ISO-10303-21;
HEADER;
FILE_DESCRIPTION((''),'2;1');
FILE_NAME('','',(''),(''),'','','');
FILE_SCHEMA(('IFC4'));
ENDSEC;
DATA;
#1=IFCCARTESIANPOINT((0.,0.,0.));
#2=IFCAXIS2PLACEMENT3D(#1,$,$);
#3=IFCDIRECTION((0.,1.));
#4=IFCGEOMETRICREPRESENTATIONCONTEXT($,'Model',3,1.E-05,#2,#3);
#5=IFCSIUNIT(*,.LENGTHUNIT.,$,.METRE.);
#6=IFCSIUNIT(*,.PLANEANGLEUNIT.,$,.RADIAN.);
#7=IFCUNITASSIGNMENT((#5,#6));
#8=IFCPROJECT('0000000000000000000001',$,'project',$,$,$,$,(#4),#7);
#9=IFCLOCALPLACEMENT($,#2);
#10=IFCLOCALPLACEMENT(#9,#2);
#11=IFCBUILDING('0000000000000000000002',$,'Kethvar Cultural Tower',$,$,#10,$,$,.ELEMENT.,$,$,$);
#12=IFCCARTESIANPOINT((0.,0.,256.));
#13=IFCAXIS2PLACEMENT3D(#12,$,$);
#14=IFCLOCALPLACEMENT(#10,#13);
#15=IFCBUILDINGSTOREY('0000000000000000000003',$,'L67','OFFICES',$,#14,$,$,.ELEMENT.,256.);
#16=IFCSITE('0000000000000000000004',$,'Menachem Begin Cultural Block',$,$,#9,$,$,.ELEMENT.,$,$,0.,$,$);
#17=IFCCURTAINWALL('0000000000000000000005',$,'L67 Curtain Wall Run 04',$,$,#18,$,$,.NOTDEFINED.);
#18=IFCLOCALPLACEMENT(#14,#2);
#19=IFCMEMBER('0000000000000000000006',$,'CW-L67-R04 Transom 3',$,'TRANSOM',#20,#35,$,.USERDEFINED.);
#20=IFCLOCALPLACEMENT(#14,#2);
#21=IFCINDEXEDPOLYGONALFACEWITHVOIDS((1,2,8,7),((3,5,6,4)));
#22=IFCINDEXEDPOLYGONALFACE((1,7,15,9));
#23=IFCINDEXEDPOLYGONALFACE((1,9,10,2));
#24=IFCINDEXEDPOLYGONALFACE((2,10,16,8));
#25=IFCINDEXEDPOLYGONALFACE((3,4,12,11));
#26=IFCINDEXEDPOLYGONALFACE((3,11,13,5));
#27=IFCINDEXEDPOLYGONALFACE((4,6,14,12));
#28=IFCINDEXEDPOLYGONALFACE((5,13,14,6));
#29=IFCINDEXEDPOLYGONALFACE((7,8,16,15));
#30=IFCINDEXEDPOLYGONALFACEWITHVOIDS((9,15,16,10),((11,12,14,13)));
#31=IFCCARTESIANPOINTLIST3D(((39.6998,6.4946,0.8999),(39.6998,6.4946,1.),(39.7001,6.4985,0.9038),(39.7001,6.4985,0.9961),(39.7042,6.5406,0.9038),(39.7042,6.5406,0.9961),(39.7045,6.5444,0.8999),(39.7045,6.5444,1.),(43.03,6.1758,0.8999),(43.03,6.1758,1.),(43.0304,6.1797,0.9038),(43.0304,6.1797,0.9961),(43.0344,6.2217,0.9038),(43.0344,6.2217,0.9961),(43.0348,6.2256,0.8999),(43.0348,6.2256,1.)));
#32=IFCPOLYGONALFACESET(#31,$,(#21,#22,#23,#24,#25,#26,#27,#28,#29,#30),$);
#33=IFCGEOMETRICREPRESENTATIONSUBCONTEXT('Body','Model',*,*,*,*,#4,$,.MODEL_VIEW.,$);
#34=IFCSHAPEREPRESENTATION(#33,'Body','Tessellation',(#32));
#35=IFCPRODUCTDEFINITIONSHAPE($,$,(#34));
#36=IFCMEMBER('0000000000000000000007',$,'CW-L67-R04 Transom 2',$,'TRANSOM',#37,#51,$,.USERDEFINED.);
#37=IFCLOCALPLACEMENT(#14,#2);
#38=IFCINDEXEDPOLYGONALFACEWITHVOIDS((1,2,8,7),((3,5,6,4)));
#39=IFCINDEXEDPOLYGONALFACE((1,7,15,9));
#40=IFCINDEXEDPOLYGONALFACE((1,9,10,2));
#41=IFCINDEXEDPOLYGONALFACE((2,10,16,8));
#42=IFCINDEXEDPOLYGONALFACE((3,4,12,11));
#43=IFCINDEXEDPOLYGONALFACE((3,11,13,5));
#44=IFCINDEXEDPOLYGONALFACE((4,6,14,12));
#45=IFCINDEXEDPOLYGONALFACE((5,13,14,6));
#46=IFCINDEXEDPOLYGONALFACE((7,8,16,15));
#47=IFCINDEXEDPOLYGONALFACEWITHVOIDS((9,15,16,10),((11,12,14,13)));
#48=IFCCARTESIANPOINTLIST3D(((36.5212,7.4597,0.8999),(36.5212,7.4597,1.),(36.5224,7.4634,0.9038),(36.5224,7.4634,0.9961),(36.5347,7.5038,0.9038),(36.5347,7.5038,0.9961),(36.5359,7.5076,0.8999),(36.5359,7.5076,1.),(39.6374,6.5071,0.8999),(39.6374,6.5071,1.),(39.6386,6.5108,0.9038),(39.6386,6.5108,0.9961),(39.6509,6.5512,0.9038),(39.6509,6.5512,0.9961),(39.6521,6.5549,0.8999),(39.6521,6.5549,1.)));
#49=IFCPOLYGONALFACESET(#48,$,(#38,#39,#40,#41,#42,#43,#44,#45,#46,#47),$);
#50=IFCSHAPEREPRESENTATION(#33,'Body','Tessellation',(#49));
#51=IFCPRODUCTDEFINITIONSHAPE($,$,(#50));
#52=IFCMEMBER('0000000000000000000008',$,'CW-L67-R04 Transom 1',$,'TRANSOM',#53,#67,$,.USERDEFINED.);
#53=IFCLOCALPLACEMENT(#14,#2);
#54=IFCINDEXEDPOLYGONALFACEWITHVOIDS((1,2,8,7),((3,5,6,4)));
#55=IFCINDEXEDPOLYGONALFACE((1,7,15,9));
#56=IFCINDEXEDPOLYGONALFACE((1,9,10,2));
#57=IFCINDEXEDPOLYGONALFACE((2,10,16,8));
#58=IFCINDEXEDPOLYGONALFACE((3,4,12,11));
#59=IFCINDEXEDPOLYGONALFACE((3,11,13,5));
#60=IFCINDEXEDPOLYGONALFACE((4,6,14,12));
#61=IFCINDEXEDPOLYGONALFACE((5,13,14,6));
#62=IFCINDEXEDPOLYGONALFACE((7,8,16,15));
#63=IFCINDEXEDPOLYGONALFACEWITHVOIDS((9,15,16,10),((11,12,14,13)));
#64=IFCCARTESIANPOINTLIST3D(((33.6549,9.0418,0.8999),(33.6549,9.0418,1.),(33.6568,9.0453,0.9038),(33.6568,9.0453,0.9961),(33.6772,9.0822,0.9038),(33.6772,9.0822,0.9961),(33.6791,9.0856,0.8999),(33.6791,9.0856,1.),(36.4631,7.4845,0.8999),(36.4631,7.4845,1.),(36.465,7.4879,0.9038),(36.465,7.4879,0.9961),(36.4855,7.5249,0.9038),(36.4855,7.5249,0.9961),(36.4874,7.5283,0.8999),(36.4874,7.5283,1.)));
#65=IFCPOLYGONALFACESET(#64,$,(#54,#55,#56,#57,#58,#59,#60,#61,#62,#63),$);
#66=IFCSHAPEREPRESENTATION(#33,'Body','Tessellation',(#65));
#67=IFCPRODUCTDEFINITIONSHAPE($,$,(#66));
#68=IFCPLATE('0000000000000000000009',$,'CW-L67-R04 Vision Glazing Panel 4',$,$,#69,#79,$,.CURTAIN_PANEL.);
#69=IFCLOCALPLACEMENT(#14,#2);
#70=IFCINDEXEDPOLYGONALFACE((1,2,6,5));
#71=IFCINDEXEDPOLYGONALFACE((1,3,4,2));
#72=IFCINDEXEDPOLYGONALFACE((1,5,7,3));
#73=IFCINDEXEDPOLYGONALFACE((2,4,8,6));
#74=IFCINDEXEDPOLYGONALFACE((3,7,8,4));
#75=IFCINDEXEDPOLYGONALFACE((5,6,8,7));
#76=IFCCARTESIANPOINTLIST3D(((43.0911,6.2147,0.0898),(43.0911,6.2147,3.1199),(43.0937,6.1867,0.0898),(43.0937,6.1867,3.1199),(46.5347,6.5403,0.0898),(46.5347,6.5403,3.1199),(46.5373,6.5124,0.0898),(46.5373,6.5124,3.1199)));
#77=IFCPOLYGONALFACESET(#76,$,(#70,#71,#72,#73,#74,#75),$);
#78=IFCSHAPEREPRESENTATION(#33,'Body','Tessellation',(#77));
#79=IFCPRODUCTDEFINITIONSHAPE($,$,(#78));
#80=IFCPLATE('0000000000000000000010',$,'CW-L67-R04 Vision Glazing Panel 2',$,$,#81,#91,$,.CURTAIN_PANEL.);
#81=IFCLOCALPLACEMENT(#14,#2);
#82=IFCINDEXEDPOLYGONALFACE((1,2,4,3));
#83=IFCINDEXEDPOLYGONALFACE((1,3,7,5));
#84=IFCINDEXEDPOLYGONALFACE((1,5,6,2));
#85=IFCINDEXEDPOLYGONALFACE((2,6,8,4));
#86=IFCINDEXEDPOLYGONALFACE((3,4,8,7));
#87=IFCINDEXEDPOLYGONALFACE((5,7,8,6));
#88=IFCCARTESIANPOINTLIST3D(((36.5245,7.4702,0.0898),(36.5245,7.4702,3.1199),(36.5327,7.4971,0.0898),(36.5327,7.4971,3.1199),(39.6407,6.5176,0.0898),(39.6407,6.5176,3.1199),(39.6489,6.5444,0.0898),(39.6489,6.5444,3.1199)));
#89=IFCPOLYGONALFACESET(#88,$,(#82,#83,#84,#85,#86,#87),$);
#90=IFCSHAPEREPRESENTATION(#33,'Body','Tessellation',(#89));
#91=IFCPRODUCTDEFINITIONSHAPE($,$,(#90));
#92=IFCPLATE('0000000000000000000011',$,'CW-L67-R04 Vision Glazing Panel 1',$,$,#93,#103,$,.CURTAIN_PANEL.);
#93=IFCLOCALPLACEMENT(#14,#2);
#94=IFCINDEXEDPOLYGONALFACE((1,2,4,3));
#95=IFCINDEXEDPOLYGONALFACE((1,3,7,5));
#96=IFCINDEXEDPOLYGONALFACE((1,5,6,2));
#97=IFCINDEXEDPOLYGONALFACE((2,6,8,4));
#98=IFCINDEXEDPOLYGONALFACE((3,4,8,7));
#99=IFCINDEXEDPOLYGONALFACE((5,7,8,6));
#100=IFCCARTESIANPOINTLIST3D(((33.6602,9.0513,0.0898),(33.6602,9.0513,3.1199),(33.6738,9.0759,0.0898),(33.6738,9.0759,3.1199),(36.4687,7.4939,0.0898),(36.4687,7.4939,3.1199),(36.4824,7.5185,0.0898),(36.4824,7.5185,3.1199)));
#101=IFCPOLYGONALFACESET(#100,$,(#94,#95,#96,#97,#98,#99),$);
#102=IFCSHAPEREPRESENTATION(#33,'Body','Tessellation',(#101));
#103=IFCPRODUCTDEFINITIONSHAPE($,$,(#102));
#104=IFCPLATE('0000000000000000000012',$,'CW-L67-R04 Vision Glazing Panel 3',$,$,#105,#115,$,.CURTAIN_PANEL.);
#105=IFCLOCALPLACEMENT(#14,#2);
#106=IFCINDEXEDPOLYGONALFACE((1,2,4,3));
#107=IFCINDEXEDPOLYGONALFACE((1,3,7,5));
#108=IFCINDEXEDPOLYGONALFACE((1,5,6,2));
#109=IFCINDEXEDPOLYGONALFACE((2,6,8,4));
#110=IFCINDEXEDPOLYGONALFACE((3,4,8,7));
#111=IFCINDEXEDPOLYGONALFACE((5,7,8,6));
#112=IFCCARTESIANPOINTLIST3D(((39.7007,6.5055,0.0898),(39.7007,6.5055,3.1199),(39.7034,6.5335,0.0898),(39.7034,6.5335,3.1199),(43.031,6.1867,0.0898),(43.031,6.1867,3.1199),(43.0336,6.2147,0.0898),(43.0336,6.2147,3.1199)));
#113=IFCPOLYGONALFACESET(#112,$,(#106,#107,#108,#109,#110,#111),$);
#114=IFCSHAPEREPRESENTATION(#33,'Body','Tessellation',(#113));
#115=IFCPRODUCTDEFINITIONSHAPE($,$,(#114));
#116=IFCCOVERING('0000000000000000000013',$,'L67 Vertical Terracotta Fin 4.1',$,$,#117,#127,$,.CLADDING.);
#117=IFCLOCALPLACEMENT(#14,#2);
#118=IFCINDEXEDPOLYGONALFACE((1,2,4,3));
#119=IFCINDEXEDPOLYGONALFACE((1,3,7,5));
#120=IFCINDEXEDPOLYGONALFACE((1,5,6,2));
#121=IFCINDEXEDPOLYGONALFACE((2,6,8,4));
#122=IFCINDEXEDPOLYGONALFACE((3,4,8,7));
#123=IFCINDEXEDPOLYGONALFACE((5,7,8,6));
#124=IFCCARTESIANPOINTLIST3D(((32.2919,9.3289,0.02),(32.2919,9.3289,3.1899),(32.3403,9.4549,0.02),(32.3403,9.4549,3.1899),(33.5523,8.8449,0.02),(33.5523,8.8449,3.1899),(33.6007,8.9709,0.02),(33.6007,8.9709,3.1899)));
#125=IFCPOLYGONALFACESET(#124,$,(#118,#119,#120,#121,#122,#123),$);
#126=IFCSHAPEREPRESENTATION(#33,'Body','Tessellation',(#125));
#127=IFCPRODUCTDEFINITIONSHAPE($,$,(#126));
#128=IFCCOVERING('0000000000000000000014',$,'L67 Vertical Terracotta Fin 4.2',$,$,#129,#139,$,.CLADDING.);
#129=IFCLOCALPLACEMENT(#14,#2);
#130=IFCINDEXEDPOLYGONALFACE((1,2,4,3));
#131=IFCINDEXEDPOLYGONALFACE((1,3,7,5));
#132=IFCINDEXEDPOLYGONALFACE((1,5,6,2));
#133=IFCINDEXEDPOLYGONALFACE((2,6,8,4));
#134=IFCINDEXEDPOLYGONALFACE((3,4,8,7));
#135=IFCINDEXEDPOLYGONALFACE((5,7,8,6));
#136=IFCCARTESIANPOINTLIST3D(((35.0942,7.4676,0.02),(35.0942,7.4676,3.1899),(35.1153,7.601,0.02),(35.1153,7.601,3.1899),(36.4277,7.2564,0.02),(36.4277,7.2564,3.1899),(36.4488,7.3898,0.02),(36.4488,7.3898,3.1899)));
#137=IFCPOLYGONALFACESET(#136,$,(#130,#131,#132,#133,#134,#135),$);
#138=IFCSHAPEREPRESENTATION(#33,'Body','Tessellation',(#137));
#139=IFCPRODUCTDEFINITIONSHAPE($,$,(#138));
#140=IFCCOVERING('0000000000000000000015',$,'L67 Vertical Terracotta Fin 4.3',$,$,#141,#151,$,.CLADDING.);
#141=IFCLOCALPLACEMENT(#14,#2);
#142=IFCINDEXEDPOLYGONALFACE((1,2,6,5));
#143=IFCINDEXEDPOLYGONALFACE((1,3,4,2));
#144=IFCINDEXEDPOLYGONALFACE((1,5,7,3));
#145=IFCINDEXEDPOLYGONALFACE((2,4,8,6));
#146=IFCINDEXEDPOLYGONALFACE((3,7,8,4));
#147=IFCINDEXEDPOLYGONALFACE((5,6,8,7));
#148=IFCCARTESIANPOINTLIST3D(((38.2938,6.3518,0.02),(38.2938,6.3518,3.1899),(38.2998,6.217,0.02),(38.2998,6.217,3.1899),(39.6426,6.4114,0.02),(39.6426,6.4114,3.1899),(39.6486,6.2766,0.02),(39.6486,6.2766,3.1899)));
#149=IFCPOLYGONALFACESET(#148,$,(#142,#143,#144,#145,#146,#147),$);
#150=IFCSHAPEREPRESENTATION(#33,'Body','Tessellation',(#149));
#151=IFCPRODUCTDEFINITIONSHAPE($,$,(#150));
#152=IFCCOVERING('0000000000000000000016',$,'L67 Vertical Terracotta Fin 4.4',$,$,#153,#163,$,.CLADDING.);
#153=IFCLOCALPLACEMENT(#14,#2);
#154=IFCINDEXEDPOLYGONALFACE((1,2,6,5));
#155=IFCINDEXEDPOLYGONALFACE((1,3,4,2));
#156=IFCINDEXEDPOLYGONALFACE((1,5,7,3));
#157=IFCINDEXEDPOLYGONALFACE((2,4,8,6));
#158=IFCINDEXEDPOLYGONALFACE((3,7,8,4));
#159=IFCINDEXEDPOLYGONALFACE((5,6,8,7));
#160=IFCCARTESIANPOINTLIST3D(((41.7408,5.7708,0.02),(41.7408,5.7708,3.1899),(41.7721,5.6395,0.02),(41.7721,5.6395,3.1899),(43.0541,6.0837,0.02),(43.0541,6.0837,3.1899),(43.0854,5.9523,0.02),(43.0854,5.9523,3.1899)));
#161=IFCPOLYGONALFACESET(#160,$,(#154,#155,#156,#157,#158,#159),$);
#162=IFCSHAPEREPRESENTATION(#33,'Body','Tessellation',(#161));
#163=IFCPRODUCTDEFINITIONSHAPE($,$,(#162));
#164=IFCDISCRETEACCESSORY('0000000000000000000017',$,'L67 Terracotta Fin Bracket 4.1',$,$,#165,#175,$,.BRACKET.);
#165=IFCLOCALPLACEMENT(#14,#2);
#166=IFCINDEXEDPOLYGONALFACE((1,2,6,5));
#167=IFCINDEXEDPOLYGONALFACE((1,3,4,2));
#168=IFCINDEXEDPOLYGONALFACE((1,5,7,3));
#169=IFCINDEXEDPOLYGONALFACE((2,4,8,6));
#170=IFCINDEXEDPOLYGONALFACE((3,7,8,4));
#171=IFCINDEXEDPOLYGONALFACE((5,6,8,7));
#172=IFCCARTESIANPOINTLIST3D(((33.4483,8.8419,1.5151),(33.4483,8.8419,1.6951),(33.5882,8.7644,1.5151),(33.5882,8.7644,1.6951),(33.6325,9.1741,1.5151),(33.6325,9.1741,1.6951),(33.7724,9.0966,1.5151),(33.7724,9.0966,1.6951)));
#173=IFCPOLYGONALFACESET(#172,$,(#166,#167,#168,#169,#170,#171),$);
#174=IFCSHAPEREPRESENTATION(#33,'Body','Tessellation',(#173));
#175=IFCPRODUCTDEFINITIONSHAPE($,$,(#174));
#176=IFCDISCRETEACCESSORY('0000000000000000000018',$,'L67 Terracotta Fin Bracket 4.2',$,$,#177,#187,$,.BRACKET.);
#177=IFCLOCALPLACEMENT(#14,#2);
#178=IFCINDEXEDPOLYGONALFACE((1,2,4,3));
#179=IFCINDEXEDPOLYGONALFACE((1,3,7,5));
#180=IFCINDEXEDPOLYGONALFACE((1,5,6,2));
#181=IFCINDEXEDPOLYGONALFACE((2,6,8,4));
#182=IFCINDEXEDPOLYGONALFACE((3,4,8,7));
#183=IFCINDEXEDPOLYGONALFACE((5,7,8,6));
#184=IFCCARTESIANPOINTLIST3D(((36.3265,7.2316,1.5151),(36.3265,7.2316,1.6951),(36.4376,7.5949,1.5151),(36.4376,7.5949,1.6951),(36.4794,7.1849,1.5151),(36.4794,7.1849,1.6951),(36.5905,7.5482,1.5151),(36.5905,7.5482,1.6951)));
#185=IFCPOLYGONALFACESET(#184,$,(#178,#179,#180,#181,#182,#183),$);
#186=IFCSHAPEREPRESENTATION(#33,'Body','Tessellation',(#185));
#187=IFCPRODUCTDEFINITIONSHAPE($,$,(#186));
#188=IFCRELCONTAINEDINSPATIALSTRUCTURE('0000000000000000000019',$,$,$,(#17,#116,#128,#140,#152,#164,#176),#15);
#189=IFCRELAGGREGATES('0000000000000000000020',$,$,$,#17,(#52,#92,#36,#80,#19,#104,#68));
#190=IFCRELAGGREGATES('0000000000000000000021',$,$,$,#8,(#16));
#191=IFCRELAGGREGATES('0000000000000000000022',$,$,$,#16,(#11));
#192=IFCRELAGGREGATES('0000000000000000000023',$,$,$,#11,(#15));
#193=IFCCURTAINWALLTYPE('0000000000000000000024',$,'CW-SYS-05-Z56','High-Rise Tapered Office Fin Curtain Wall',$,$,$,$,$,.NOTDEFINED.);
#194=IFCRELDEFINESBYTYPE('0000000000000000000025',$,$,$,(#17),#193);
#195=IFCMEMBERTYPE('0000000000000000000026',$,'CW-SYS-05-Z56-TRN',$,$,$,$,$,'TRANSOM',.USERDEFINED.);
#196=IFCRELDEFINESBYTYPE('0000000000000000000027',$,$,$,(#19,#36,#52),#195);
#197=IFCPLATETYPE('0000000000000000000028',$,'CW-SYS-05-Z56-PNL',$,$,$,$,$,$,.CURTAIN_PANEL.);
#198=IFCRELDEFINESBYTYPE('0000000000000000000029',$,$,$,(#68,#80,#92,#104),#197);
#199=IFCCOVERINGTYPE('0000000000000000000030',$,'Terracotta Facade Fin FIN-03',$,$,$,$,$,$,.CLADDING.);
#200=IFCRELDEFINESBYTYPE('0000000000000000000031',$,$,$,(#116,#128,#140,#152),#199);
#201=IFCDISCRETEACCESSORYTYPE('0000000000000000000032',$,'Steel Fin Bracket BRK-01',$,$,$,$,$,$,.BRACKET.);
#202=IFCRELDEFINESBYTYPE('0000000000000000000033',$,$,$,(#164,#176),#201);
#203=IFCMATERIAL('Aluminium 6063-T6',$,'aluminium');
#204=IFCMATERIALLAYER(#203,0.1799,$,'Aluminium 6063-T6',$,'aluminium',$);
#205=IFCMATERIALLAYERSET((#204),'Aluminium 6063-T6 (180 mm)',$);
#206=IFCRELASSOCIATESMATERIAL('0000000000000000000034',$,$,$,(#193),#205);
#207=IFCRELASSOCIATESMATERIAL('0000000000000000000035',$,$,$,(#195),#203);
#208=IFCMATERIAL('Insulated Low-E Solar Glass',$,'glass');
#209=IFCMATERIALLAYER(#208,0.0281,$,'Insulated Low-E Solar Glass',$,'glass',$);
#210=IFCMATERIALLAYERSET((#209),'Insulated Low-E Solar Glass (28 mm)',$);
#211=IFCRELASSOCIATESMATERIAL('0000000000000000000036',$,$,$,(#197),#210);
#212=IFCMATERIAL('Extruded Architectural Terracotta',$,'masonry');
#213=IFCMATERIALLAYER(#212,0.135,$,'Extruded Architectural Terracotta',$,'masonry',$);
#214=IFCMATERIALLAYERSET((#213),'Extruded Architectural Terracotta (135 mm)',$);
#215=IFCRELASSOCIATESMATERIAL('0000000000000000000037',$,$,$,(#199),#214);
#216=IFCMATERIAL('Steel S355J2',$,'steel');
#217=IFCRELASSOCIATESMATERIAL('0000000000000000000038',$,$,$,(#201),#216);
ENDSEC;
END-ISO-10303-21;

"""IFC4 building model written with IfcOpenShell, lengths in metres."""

from ifc_helpers import new_model, si_unit, direction, frame, origin, origin_2d, place, context, subcontext, project, spatial, rectangle, hollow_rectangle, extrude, source, transform, mapped, material, layer, layer_set, material_profile, profile_set, type_object, element, aggregate, save


model = new_model("IFC4")

# Units and contexts
model_context = context("Model", 3, precision=1e-05, world=origin(), true_north=direction((0.0, 1.0)))
body_context = subcontext(model_context, "Body", "Model", "MODEL_VIEW")
ifc_project = project(units=[si_unit("LENGTHUNIT", "METRE"), si_unit("PLANEANGLEUNIT", "RADIAN")], contexts=[model_context])

# Site, building, storey
site_placement = place(None, origin())
site = spatial("IfcSite", under=ifc_project, at=site_placement, Name="Menachem Begin Cultural Block", CompositionType="ELEMENT", RefElevation=0.0)
building_placement = place(site_placement, origin())
building = spatial("IfcBuilding", under=site, at=building_placement, Name="Kethvar Cultural Tower", CompositionType="ELEMENT")
storey_placement = place(building_placement, frame((0.0, 0.0, 256.0)))
storey = spatial("IfcBuildingStorey", under=building, at=storey_placement, Name="L67", Description="OFFICES", CompositionType="ELEMENT", Elevation=256.0)

# Shared definitions
ifc_material_1 = material(Name="Steel S355J2", Category="steel")

# Shared definitions
ifc_material_2 = material(Name="Aluminium 6063-T6", Category="aluminium")
ifc_layer_1 = layer(ifc_material_2, 0.1799, Name="Aluminium 6063-T6", Category="aluminium")
ifc_layer_set_1 = layer_set([ifc_layer_1], Name="Aluminium 6063-T6 (180 mm)")
curtain_wall_type = type_object("IfcCurtainWallType", Name="CW-SYS-05-Z56", Description="High-Rise Tapered Office Fin Curtain Wall", PredefinedType="NOTDEFINED", material=ifc_layer_set_1)

# Curtain wall, members, plates
curtain_wall_1_placement = place(storey_placement, origin())
curtain_wall_1 = element("IfcCurtainWall", 1, at=curtain_wall_1_placement, inside=storey, type_object=curtain_wall_type, Name="L67 Curtain Wall Run 04", PredefinedType="NOTDEFINED")
ifc_material_profile_1 = material_profile(ifc_material_2, hollow_rectangle(XDim=0.05, YDim=0.1001, WallThickness=0.0039, at=origin_2d()), Name="Aluminium 6063-T6 — RHS100x50x4")
ifc_profile_set_1 = profile_set([ifc_material_profile_1], Name="Aluminium 6063-T6 — RHS100x50x4")
member_type_1 = type_object("IfcMemberType", Name="CW-SYS-05-Z56-TRN", ElementType="TRANSOM", PredefinedType="USERDEFINED", material=ifc_profile_set_1)
shared_shape_1 = source(origin(), body_context, "Body", "SweptSolid", [
    extrude(hollow_rectangle(XDim=0.05, YDim=0.1001, WallThickness=0.0039, at=origin_2d()), origin(), (0.0, 0.0, 1.0), 3.3455),
])
member_1_placement = place(storey_placement, frame((39.7021, 6.5195, 0.95), z_axis=(0.995448, -0.095305, 0.0), x_axis=(0.095305, 0.995448, 0.0)))
member_1 = element("IfcMember", 2, at=member_1_placement, type_object=member_type_1, Name="CW-L67-R04 Transom 3", ObjectType="TRANSOM", PredefinedType="USERDEFINED", context=body_context, shape_type="MappedRepresentation", body=[
    mapped(shared_shape_1, transform((0.0, 0.0, 0.0), scale=1.0)),
])
shared_shape_2 = source(origin(), body_context, "Body", "SweptSolid", [
    extrude(hollow_rectangle(XDim=0.05, YDim=0.1001, WallThickness=0.0039, at=origin_2d()), origin(), (0.0, 0.0, 1.0), 3.2585),
])
member_2_placement = place(storey_placement, frame((36.5286, 7.4836, 0.95), z_axis=(0.956312, -0.292348, 0.0), x_axis=(0.292348, 0.956312, 0.0)))
member_2 = element("IfcMember", 3, at=member_2_placement, type_object=member_type_1, Name="CW-L67-R04 Transom 2", ObjectType="TRANSOM", PredefinedType="USERDEFINED", context=body_context, shape_type="MappedRepresentation", body=[
    mapped(shared_shape_2, transform((0.0, 0.0, 0.0), scale=1.0)),
])
shared_shape_3 = source(origin(), body_context, "Body", "SweptSolid", [
    extrude(hollow_rectangle(XDim=0.05, YDim=0.1001, WallThickness=0.0039, at=origin_2d()), origin(), (0.0, 0.0, 1.0), 3.2112),
])
member_3_placement = place(storey_placement, frame((33.667, 9.0637, 0.95), z_axis=(0.87453, -0.484971, 0.0), x_axis=(0.484971, 0.87453, 0.0)))
member_3 = element("IfcMember", 4, at=member_3_placement, type_object=member_type_1, Name="CW-L67-R04 Transom 1", ObjectType="TRANSOM", PredefinedType="USERDEFINED", context=body_context, shape_type="MappedRepresentation", body=[
    mapped(shared_shape_3, transform((0.0, 0.0, 0.0), scale=1.0)),
])
ifc_material_3 = material(Name="Insulated Low-E Solar Glass", Category="glass")
ifc_layer_2 = layer(ifc_material_3, 0.0281, Name="Insulated Low-E Solar Glass", Category="glass")
ifc_layer_set_2 = layer_set([ifc_layer_2], Name="Insulated Low-E Solar Glass (28 mm)")
plate_type = type_object("IfcPlateType", Name="CW-SYS-05-Z56-PNL", PredefinedType="CURTAIN_PANEL", material=ifc_layer_set_2)
shared_shape_4 = source(origin(), body_context, "Body", "SweptSolid", [
    extrude(rectangle(XDim=3.459, YDim=0.0281, at=origin_2d()), origin(), (0.0, 0.0, 1.0), 3.03),
])
plate_1_placement = place(storey_placement, frame((44.8142, 6.3635, 0.0898), z_axis=(0.0, 0.0, 1.0), x_axis=(0.995559, 0.094143, 0.0)))
plate_1 = element("IfcPlate", 5, at=plate_1_placement, type_object=plate_type, Name="CW-L67-R04 Vision Glazing Panel 4", PredefinedType="CURTAIN_PANEL", context=body_context, shape_type="MappedRepresentation", body=[
    mapped(shared_shape_4, transform((0.0, 0.0, 0.0), scale=1.0)),
])
shared_shape_5 = source(origin(), body_context, "Body", "SweptSolid", [
    extrude(rectangle(XDim=3.2585, YDim=0.0281, at=origin_2d()), origin(), (0.0, 0.0, 1.0), 3.03),
])
plate_2_placement = place(storey_placement, frame((38.0867, 7.0073, 0.0898), z_axis=(0.0, 0.0, 1.0), x_axis=(0.95631, -0.292355, 0.0)))
plate_2 = element("IfcPlate", 6, at=plate_2_placement, type_object=plate_type, Name="CW-L67-R04 Vision Glazing Panel 2", PredefinedType="CURTAIN_PANEL", context=body_context, shape_type="MappedRepresentation", body=[
    mapped(shared_shape_5, transform((0.0, 0.0, 0.0), scale=1.0)),
])
shared_shape_6 = source(origin(), body_context, "Body", "SweptSolid", [
    extrude(rectangle(XDim=3.2114, YDim=0.0281, at=origin_2d()), origin(), (0.0, 0.0, 1.0), 3.03),
])
plate_3_placement = place(storey_placement, frame((35.0713, 8.2849, 0.0898), z_axis=(0.0, 0.0, 1.0), x_axis=(0.874544, -0.484947, 0.0)))
plate_3 = element("IfcPlate", 7, at=plate_3_placement, type_object=plate_type, Name="CW-L67-R04 Vision Glazing Panel 1", PredefinedType="CURTAIN_PANEL", context=body_context, shape_type="MappedRepresentation", body=[
    mapped(shared_shape_6, transform((0.0, 0.0, 0.0), scale=1.0)),
])
shared_shape_7 = source(origin(), body_context, "Body", "SweptSolid", [
    extrude(rectangle(XDim=3.3455, YDim=0.0281, at=origin_2d()), origin(), (0.0, 0.0, 1.0), 3.03),
])
plate_4_placement = place(storey_placement, frame((41.3672, 6.3601, 0.0898), z_axis=(0.0, 0.0, 1.0), x_axis=(0.99545, -0.09529, 0.0)))
plate_4 = element("IfcPlate", 8, at=plate_4_placement, type_object=plate_type, Name="CW-L67-R04 Vision Glazing Panel 3", PredefinedType="CURTAIN_PANEL", context=body_context, shape_type="MappedRepresentation", body=[
    mapped(shared_shape_7, transform((0.0, 0.0, 0.0), scale=1.0)),
])
aggregate(curtain_wall_1, [member_3, plate_3, member_2, plate_2, member_1, plate_4, plate_1])

# Coverings
ifc_material_4 = material(Name="Extruded Architectural Terracotta", Category="masonry")
ifc_layer_3 = layer(ifc_material_4, 0.135, Name="Extruded Architectural Terracotta", Category="masonry")
ifc_layer_set_3 = layer_set([ifc_layer_3], Name="Extruded Architectural Terracotta (135 mm)")
covering_type = type_object("IfcCoveringType", Name="Terracotta Facade Fin FIN-03", PredefinedType="CLADDING", material=ifc_layer_set_3)
shared_shape_8 = source(origin(), body_context, "Body", "SweptSolid", [
    extrude(rectangle(XDim=1.3501, YDim=0.135, at=origin_2d()), origin(), (0.0, 0.0, 1.0), 3.1699),
])
for number, where, z_axis, x_axis, name in (
    (9, (32.9463, 9.1499, 0.02), (0.0, 0.0, 1.0), (-0.933518, 0.358531, 0.0), "L67 Vertical Terracotta Fin 4.1"),
    (10, (35.7715, 7.4287, 0.02), (0.0, 0.0, 1.0), (-0.987688, 0.156434, 0.0), "L67 Vertical Terracotta Fin 4.2"),
    (11, (38.9712, 6.3142, 0.02), (0.0, 0.0, 1.0), (-0.999025, -0.044142, 0.0), "L67 Vertical Terracotta Fin 4.3"),
    (12, (42.4131, 5.8616, 0.02), (0.0, 0.0, 1.0), (-0.972776, -0.231748, 0.0), "L67 Vertical Terracotta Fin 4.4"),
):
    element("IfcCovering", number, at=place(storey_placement, frame(where, z_axis=z_axis, x_axis=x_axis)), inside=storey, type_object=covering_type, Name=name, PredefinedType="CLADDING", context=body_context, shape_type="MappedRepresentation", body=[
        mapped(shared_shape_8, transform((0.0, 0.0, 0.0), scale=1.0)),
    ])

# Discrete accessories
discrete_accessory_type = type_object("IfcDiscreteAccessoryType", Name="Steel Fin Bracket BRK-01", PredefinedType="BRACKET", material=ifc_material_1)
shared_shape_9 = source(origin(), body_context, "Body", "SweptSolid", [
    extrude(rectangle(XDim=0.3799, YDim=0.1599, at=origin_2d()), origin(), (0.0, 0.0, 1.0), 0.1799),
])
for number, where, z_axis, x_axis, name in (
    (13, (33.6104, 8.9692, 1.5151), (0.0, 0.0, 1.0), (-0.484962, -0.874535, 0.0), "L67 Terracotta Fin Bracket 4.1"),
    (14, (36.4585, 7.3899, 1.5151), (0.0, 0.0, 1.0), (-0.292372, -0.956305, 0.0), "L67 Terracotta Fin Bracket 4.2"),
):
    element("IfcDiscreteAccessory", number, at=place(storey_placement, frame(where, z_axis=z_axis, x_axis=x_axis)), inside=storey, type_object=discrete_accessory_type, Name=name, PredefinedType="BRACKET", context=body_context, shape_type="MappedRepresentation", body=[
        mapped(shared_shape_9, transform((0.0, 0.0, 0.0), scale=1.0)),
    ])

save(model, "model.ifc")
